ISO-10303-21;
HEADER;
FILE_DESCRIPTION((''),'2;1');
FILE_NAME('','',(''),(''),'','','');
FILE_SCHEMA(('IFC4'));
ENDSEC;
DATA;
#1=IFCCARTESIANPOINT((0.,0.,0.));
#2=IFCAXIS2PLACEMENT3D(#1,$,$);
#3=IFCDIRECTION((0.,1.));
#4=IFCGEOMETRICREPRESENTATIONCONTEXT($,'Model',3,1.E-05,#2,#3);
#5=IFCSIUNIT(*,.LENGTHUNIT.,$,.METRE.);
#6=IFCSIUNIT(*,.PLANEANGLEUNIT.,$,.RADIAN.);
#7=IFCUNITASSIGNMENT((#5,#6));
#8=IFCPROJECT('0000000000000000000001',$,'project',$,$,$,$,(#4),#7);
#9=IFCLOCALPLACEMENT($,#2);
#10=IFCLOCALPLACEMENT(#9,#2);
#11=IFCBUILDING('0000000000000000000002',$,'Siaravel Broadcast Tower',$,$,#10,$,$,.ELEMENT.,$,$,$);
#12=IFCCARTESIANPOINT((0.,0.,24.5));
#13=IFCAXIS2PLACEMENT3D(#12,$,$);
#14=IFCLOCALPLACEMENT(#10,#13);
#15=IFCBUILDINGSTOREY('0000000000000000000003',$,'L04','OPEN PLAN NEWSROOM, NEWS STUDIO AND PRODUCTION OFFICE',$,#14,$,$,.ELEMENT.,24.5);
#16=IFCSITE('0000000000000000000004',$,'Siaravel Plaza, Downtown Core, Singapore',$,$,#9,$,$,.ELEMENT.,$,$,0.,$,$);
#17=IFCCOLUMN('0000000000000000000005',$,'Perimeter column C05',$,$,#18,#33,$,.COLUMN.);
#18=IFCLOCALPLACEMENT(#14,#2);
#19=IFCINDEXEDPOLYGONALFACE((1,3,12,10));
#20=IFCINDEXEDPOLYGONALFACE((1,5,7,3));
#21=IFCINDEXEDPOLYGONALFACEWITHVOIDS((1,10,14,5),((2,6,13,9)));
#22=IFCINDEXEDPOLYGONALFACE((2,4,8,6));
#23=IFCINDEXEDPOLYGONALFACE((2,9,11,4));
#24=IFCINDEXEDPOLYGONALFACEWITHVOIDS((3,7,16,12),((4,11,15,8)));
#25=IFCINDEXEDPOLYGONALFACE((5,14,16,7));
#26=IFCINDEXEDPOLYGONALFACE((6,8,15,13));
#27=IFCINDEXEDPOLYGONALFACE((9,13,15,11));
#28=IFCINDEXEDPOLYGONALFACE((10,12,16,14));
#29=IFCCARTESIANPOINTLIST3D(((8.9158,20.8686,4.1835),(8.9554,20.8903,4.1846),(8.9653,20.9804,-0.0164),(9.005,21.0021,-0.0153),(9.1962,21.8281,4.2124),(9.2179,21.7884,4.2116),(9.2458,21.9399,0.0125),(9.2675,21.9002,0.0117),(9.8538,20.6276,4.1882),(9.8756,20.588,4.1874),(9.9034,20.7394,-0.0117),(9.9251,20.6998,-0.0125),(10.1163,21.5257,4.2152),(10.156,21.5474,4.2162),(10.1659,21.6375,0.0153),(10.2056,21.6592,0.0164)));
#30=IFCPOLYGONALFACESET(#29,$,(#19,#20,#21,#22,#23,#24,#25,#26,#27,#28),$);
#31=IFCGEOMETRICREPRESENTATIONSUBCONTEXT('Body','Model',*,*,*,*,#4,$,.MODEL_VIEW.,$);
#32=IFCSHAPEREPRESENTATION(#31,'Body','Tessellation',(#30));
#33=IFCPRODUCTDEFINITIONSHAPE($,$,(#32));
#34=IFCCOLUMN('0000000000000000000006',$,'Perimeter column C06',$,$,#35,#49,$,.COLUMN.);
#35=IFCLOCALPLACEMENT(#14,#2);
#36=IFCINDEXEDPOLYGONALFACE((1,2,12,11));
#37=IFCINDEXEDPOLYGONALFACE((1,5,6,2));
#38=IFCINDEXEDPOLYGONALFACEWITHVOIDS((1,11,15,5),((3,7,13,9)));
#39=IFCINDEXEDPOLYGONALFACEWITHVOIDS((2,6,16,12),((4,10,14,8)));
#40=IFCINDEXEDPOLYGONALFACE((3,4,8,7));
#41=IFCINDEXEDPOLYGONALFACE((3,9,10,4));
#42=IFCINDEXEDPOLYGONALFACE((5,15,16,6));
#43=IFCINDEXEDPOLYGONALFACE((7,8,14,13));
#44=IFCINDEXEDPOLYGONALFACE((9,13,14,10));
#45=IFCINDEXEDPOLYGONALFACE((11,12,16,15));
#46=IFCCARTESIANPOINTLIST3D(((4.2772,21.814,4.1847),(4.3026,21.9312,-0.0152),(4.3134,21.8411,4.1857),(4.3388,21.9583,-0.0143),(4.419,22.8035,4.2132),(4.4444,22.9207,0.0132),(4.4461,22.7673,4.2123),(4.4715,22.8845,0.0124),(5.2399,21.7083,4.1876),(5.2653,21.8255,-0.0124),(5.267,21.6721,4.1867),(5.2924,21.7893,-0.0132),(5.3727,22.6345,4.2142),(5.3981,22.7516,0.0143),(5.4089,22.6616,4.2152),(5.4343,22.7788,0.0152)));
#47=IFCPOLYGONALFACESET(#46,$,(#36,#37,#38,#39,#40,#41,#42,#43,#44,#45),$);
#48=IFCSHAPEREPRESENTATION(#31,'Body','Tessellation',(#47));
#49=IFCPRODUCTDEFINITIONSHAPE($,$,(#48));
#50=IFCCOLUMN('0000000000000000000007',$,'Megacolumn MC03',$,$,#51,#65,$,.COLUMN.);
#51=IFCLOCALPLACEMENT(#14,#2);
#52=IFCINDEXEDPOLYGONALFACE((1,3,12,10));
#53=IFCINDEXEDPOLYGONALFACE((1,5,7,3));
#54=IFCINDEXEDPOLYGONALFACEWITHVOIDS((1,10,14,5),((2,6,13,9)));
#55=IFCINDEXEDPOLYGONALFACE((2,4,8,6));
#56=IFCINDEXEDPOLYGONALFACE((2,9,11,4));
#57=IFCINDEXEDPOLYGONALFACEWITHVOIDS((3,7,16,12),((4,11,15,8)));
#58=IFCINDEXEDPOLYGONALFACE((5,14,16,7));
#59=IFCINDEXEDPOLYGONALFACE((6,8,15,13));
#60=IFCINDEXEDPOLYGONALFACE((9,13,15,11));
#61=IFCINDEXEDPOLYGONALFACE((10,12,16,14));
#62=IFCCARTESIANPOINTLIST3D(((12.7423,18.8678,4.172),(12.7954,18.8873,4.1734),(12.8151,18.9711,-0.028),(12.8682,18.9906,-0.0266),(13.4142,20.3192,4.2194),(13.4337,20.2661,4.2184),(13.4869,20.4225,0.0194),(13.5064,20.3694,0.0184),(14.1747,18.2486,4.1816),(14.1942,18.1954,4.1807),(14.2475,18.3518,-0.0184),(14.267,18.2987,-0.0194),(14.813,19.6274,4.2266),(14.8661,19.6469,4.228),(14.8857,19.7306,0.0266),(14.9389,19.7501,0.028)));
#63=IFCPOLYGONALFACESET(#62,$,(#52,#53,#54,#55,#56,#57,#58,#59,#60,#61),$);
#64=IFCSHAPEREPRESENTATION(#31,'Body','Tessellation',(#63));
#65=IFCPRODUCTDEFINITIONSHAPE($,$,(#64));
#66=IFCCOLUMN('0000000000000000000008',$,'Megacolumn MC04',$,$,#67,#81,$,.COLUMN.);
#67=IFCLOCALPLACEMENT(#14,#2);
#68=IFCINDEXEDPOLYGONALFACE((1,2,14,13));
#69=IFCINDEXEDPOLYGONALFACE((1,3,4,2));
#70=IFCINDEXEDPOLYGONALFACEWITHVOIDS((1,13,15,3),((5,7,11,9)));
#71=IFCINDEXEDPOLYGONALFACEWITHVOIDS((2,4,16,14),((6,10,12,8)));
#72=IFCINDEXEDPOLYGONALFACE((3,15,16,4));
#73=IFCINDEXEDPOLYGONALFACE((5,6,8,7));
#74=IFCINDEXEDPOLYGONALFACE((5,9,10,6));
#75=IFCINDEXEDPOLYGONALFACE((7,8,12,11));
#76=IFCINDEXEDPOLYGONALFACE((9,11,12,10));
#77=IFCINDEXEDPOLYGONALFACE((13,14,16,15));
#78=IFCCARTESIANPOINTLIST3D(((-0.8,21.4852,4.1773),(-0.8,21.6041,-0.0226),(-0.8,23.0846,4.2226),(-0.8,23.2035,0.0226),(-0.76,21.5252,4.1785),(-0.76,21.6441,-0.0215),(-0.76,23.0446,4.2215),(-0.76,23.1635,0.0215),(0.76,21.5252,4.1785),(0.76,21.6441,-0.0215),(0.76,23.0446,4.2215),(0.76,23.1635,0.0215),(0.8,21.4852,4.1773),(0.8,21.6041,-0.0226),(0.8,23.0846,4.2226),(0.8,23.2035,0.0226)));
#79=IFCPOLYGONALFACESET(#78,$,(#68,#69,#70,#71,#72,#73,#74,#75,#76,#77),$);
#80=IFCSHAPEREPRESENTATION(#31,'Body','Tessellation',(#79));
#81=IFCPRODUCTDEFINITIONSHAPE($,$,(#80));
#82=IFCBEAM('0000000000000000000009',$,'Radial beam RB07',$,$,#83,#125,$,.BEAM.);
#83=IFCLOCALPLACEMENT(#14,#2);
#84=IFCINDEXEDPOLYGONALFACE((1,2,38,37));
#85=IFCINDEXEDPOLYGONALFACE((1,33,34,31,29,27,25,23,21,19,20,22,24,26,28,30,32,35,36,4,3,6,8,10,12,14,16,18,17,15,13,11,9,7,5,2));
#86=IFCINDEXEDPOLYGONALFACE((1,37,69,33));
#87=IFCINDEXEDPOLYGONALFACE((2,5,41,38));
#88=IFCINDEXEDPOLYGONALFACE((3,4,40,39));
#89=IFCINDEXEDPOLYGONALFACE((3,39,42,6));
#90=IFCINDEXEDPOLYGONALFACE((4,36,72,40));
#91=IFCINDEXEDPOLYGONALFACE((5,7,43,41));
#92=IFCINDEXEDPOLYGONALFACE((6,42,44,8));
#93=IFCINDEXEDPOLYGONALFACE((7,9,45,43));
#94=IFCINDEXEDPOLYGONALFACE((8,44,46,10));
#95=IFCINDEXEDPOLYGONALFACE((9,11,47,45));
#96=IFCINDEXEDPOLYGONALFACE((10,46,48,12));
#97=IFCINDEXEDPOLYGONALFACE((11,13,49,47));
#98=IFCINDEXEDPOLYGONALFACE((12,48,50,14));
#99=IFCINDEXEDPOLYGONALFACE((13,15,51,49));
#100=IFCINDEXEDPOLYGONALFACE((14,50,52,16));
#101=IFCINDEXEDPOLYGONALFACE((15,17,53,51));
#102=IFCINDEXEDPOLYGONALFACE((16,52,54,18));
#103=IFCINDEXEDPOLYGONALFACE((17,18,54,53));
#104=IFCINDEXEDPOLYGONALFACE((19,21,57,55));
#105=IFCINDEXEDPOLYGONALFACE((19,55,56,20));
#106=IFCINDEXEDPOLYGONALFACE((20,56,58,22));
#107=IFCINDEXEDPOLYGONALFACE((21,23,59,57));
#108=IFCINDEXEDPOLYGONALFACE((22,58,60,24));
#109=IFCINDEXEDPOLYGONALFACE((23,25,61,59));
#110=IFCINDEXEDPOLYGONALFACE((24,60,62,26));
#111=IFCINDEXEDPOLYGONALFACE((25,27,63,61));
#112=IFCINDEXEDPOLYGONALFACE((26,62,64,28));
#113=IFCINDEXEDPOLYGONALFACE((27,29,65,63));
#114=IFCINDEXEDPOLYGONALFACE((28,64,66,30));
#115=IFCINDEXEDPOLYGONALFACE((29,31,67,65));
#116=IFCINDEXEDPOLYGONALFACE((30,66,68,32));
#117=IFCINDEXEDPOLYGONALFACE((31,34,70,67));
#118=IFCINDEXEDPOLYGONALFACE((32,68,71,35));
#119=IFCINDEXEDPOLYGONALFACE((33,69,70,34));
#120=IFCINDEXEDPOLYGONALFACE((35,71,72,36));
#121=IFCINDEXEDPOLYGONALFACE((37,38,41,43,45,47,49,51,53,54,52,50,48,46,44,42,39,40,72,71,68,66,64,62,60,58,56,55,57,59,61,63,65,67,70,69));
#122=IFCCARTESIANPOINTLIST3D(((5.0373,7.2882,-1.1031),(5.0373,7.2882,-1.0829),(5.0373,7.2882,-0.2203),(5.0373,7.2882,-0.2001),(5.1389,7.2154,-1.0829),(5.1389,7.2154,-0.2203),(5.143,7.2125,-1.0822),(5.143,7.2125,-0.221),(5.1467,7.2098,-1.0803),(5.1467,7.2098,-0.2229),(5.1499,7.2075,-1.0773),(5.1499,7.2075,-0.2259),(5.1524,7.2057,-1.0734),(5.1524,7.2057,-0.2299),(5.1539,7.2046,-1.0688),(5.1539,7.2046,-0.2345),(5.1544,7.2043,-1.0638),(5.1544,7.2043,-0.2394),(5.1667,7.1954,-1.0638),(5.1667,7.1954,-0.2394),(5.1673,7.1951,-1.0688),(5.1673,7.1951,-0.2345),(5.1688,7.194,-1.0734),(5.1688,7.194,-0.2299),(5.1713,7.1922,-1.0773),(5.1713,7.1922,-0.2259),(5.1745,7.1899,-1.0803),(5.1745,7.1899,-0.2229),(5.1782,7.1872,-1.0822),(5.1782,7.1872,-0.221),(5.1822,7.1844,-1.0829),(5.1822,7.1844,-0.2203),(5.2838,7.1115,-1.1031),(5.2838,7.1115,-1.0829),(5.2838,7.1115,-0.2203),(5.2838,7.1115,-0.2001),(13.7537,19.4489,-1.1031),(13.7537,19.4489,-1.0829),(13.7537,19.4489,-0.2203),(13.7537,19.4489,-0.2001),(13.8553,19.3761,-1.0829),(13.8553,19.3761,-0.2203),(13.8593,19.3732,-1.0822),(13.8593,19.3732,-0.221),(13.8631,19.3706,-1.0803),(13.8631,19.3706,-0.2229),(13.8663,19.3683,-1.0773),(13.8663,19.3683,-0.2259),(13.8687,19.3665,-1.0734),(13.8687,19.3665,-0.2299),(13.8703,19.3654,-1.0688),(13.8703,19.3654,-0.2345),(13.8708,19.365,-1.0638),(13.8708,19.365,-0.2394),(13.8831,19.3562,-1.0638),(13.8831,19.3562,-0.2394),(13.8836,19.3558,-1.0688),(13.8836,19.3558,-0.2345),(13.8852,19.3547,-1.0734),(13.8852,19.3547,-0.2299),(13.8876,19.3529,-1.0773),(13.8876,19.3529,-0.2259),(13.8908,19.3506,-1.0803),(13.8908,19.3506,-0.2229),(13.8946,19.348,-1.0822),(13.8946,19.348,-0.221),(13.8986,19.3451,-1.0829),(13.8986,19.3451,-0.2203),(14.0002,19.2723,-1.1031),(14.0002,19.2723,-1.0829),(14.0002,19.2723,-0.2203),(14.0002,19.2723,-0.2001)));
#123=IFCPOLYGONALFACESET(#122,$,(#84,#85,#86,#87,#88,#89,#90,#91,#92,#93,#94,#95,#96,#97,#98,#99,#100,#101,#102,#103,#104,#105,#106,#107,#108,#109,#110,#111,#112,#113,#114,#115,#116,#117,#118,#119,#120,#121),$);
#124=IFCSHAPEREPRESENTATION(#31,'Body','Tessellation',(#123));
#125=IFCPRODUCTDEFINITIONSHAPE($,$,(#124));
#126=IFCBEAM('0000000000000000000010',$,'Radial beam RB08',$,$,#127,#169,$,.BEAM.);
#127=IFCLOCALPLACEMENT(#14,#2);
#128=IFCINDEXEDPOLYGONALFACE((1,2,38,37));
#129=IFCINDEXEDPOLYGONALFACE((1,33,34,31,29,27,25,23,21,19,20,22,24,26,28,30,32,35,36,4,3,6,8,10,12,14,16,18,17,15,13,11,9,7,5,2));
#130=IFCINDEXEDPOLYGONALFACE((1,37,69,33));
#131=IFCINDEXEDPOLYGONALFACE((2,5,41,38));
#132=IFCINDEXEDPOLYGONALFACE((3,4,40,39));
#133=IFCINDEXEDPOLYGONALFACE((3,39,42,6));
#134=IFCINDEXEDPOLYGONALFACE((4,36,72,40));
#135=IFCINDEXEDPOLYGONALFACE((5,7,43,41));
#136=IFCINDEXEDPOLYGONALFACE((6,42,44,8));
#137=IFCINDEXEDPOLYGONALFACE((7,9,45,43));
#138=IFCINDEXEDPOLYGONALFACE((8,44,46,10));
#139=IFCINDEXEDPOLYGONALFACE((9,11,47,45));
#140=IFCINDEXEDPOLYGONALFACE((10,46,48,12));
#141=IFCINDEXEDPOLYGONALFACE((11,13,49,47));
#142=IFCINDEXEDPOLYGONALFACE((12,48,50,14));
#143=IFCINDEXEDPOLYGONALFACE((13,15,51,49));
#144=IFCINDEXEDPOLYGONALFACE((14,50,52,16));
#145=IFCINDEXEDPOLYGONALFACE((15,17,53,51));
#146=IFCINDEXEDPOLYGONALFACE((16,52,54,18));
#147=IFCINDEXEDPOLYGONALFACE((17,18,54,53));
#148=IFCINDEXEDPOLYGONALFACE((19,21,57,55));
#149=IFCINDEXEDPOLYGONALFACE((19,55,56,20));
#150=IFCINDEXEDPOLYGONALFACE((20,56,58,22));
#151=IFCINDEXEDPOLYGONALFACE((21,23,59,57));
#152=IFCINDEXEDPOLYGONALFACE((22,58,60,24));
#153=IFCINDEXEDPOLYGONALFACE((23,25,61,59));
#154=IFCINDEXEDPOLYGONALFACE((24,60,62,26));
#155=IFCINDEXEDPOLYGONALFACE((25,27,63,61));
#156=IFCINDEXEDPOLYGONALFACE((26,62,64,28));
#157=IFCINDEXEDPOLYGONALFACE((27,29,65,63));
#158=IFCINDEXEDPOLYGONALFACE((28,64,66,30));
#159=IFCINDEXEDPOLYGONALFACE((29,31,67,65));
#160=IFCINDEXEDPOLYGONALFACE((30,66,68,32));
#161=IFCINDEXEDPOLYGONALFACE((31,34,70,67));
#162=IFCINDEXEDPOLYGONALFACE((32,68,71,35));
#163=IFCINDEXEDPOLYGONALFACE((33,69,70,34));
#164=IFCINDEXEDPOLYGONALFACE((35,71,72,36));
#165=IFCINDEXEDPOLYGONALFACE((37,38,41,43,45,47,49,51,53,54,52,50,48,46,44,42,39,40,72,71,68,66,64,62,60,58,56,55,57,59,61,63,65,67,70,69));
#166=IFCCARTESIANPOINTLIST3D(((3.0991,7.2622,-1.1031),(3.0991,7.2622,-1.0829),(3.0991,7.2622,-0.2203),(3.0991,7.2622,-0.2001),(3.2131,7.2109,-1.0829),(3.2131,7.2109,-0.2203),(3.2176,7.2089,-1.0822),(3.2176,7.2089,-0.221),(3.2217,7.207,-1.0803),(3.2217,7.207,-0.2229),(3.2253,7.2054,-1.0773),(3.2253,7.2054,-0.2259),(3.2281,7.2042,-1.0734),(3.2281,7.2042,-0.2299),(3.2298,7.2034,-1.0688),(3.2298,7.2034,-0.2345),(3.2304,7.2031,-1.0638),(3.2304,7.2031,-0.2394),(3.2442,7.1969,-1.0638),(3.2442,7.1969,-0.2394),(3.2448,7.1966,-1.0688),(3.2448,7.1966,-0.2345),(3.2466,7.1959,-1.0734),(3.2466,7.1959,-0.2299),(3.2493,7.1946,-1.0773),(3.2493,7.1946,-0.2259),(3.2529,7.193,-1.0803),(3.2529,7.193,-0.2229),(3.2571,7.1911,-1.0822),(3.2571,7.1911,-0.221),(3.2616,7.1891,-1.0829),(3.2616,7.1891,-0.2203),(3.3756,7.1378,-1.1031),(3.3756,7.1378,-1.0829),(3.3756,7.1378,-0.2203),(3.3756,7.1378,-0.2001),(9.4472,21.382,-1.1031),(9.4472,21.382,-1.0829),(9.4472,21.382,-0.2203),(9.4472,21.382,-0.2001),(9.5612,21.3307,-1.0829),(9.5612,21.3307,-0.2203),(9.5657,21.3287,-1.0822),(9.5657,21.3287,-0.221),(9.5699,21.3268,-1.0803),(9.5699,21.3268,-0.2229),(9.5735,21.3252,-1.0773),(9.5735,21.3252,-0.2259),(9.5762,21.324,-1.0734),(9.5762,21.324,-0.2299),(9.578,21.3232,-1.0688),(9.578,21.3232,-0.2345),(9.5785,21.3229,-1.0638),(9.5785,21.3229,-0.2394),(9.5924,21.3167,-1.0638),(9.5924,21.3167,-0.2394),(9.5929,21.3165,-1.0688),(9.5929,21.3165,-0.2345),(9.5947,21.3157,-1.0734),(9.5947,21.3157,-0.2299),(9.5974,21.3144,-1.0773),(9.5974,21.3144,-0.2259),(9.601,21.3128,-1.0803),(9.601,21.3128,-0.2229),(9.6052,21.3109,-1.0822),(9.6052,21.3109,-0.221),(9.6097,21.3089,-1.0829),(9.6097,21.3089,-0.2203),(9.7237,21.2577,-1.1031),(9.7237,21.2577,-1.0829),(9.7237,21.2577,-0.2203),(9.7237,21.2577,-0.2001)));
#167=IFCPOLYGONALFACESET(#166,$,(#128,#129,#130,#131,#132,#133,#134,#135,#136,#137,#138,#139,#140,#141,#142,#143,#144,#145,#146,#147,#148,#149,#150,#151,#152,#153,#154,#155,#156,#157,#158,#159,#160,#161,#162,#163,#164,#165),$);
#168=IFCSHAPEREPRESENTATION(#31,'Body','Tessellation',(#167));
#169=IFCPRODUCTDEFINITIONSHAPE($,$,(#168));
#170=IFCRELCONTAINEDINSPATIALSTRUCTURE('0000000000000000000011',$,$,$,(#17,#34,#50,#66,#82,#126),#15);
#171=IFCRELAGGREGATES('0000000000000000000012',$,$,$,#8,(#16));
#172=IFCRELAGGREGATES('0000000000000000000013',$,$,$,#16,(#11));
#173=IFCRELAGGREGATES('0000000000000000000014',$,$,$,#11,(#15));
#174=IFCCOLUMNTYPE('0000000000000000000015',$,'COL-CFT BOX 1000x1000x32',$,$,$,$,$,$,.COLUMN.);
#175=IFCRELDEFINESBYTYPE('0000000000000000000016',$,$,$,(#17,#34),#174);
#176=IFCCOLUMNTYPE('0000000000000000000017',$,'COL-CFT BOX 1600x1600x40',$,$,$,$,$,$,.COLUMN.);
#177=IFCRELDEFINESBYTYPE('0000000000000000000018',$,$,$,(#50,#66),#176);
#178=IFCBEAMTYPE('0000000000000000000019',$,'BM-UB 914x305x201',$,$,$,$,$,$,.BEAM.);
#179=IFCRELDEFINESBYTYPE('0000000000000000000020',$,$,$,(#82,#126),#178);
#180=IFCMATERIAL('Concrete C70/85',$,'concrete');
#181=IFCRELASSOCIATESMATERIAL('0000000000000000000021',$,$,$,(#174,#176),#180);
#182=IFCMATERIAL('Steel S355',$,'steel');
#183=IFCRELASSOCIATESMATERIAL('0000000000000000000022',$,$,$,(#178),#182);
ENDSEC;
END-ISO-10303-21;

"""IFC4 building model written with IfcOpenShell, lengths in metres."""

from ifc_helpers import new_model, si_unit, direction, frame, origin, origin_2d, place, context, subcontext, project, spatial, hollow_rectangle, i_section, extrude, material, material_profile, profile_set, type_object, element, save


model = new_model("IFC4")

# Units and contexts
model_context = context("Model", 3, precision=1e-05, world=origin(), true_north=direction((0.0, 1.0)))
body_context = subcontext(model_context, "Body", "Model", "MODEL_VIEW")
ifc_project = project(units=[si_unit("LENGTHUNIT", "METRE"), si_unit("PLANEANGLEUNIT", "RADIAN")], contexts=[model_context])

# Site, building, storey
site_placement = place(None, origin())
site = spatial("IfcSite", under=ifc_project, at=site_placement, Name="Siaravel Plaza, Downtown Core, Singapore", CompositionType="ELEMENT", RefElevation=0.0)
building_placement = place(site_placement, origin())
building = spatial("IfcBuilding", under=site, at=building_placement, Name="Siaravel Broadcast Tower", CompositionType="ELEMENT")
storey_placement = place(building_placement, frame((0.0, 0.0, 24.5)))
storey = spatial("IfcBuildingStorey", under=building, at=storey_placement, Name="L04", Description="OPEN PLAN NEWSROOM, NEWS STUDIO AND PRODUCTION OFFICE", CompositionType="ELEMENT", Elevation=24.5)

# Columns
ifc_material_1 = material(Name="Concrete C70/85", Category="concrete")
ifc_material_profile_1 = material_profile(ifc_material_1, hollow_rectangle(XDim=1.0, YDim=1.0, WallThickness=0.032, at=origin_2d()))
ifc_profile_set_1 = profile_set([ifc_material_profile_1], Name="Concrete C70/85")
column_type_1 = type_object("IfcColumnType", Name="COL-CFT BOX 1000x1000x32", PredefinedType="COLUMN", material=ifc_profile_set_1)
for number, where, z_axis, x_axis, name in (
    (1, (9.5854, 21.3198, 0.0), (-0.011795, -0.026612, 0.999576), (0.9598, -0.280658, 0.003854), "Perimeter column C05"),
    (2, (4.8684, 22.355, 0.0), (-0.006043, -0.027891, 0.999593), (0.989874, -0.141934, 0.002024), "Perimeter column C06"),
):
    element("IfcColumn", number, at=place(storey_placement, frame(where, z_axis=z_axis, x_axis=x_axis)), inside=storey, type_object=column_type_1, Name=name, PredefinedType="COLUMN", context=body_context, shape_type="SweptSolid", body=[
        extrude(hollow_rectangle(XDim=1.0, YDim=1.0, WallThickness=0.032, at=origin_2d()), origin(), (0.0, 0.0, 1.0), 4.2017),
    ])
ifc_material_profile_2 = material_profile(ifc_material_1, hollow_rectangle(XDim=1.6001, YDim=1.6001, WallThickness=0.04, at=origin_2d()))
ifc_profile_set_2 = profile_set([ifc_material_profile_2], Name="Concrete C70/85")
column_type_2 = type_object("IfcColumnType", Name="COL-CFT BOX 1600x1600x40", PredefinedType="COLUMN", material=ifc_profile_set_2)
column_1_placement = place(storey_placement, frame((13.877, 19.3606, 0.0), z_axis=(-0.017315, -0.024578, 0.999548), x_axis=(0.907413, -0.420205, 0.005386)))
element("IfcColumn", 3, at=column_1_placement, inside=storey, type_object=column_type_2, Name="Megacolumn MC03", PredefinedType="COLUMN", context=body_context, shape_type="SweptSolid", body=[
    extrude(hollow_rectangle(XDim=1.6001, YDim=1.6001, WallThickness=0.04, at=origin_2d()), origin(), (0.0, 0.0, 1.0), 4.2019),
])
column_2_placement = place(storey_placement, frame((0.0, 22.4038, 0.0), z_axis=(0.0, -0.028298, 0.9996), x_axis=(1.0, 0.0, 0.0)))
element("IfcColumn", 4, at=column_2_placement, inside=storey, type_object=column_type_2, Name="Megacolumn MC04", PredefinedType="COLUMN", context=body_context, shape_type="SweptSolid", body=[
    extrude(hollow_rectangle(XDim=1.6001, YDim=1.6001, WallThickness=0.04, at=origin_2d()), origin(), (0.0, 0.0, 1.0), 4.2017),
])

# Beams
ifc_material_2 = material(Name="Steel S355", Category="steel")
ifc_material_profile_3 = material_profile(ifc_material_2, i_section(OverallWidth=0.3032, OverallDepth=0.9031, WebThickness=0.0151, FlangeThickness=0.0203, FilletRadius=0.019, at=origin_2d()))
ifc_profile_set_3 = profile_set([ifc_material_profile_3], Name="Steel S355")
beam_type = type_object("IfcBeamType", Name="BM-UB 914x305x201", PredefinedType="BEAM", material=ifc_profile_set_3)
beam_1_placement = place(storey_placement, frame((13.877, 19.3606, -0.6516), z_axis=(-0.582571, -0.81278, 0.0), x_axis=(0.81278, -0.582571, 0.0)))
element("IfcBeam", 5, at=beam_1_placement, inside=storey, type_object=beam_type, Name="Radial beam RB07", PredefinedType="BEAM", context=body_context, shape_type="SweptSolid", body=[
    extrude(i_section(OverallWidth=0.3032, OverallDepth=0.9031, WebThickness=0.0151, FlangeThickness=0.0203, FilletRadius=0.019, at=origin_2d()), origin(), (0.0, 0.0, 1.0), 14.9619),
])
beam_2_placement = place(storey_placement, frame((9.5854, 21.3198, -0.6516), z_axis=(-0.410053, -0.912062, 0.0), x_axis=(0.912062, -0.410053, 0.0)))
element("IfcBeam", 6, at=beam_2_placement, inside=storey, type_object=beam_type, Name="Radial beam RB08", PredefinedType="BEAM", context=body_context, shape_type="SweptSolid", body=[
    extrude(i_section(OverallWidth=0.3032, OverallDepth=0.9031, WebThickness=0.0151, FlangeThickness=0.0203, FilletRadius=0.019, at=origin_2d()), origin(), (0.0, 0.0, 1.0), 15.4812),
])

save(model, "model.ifc")
